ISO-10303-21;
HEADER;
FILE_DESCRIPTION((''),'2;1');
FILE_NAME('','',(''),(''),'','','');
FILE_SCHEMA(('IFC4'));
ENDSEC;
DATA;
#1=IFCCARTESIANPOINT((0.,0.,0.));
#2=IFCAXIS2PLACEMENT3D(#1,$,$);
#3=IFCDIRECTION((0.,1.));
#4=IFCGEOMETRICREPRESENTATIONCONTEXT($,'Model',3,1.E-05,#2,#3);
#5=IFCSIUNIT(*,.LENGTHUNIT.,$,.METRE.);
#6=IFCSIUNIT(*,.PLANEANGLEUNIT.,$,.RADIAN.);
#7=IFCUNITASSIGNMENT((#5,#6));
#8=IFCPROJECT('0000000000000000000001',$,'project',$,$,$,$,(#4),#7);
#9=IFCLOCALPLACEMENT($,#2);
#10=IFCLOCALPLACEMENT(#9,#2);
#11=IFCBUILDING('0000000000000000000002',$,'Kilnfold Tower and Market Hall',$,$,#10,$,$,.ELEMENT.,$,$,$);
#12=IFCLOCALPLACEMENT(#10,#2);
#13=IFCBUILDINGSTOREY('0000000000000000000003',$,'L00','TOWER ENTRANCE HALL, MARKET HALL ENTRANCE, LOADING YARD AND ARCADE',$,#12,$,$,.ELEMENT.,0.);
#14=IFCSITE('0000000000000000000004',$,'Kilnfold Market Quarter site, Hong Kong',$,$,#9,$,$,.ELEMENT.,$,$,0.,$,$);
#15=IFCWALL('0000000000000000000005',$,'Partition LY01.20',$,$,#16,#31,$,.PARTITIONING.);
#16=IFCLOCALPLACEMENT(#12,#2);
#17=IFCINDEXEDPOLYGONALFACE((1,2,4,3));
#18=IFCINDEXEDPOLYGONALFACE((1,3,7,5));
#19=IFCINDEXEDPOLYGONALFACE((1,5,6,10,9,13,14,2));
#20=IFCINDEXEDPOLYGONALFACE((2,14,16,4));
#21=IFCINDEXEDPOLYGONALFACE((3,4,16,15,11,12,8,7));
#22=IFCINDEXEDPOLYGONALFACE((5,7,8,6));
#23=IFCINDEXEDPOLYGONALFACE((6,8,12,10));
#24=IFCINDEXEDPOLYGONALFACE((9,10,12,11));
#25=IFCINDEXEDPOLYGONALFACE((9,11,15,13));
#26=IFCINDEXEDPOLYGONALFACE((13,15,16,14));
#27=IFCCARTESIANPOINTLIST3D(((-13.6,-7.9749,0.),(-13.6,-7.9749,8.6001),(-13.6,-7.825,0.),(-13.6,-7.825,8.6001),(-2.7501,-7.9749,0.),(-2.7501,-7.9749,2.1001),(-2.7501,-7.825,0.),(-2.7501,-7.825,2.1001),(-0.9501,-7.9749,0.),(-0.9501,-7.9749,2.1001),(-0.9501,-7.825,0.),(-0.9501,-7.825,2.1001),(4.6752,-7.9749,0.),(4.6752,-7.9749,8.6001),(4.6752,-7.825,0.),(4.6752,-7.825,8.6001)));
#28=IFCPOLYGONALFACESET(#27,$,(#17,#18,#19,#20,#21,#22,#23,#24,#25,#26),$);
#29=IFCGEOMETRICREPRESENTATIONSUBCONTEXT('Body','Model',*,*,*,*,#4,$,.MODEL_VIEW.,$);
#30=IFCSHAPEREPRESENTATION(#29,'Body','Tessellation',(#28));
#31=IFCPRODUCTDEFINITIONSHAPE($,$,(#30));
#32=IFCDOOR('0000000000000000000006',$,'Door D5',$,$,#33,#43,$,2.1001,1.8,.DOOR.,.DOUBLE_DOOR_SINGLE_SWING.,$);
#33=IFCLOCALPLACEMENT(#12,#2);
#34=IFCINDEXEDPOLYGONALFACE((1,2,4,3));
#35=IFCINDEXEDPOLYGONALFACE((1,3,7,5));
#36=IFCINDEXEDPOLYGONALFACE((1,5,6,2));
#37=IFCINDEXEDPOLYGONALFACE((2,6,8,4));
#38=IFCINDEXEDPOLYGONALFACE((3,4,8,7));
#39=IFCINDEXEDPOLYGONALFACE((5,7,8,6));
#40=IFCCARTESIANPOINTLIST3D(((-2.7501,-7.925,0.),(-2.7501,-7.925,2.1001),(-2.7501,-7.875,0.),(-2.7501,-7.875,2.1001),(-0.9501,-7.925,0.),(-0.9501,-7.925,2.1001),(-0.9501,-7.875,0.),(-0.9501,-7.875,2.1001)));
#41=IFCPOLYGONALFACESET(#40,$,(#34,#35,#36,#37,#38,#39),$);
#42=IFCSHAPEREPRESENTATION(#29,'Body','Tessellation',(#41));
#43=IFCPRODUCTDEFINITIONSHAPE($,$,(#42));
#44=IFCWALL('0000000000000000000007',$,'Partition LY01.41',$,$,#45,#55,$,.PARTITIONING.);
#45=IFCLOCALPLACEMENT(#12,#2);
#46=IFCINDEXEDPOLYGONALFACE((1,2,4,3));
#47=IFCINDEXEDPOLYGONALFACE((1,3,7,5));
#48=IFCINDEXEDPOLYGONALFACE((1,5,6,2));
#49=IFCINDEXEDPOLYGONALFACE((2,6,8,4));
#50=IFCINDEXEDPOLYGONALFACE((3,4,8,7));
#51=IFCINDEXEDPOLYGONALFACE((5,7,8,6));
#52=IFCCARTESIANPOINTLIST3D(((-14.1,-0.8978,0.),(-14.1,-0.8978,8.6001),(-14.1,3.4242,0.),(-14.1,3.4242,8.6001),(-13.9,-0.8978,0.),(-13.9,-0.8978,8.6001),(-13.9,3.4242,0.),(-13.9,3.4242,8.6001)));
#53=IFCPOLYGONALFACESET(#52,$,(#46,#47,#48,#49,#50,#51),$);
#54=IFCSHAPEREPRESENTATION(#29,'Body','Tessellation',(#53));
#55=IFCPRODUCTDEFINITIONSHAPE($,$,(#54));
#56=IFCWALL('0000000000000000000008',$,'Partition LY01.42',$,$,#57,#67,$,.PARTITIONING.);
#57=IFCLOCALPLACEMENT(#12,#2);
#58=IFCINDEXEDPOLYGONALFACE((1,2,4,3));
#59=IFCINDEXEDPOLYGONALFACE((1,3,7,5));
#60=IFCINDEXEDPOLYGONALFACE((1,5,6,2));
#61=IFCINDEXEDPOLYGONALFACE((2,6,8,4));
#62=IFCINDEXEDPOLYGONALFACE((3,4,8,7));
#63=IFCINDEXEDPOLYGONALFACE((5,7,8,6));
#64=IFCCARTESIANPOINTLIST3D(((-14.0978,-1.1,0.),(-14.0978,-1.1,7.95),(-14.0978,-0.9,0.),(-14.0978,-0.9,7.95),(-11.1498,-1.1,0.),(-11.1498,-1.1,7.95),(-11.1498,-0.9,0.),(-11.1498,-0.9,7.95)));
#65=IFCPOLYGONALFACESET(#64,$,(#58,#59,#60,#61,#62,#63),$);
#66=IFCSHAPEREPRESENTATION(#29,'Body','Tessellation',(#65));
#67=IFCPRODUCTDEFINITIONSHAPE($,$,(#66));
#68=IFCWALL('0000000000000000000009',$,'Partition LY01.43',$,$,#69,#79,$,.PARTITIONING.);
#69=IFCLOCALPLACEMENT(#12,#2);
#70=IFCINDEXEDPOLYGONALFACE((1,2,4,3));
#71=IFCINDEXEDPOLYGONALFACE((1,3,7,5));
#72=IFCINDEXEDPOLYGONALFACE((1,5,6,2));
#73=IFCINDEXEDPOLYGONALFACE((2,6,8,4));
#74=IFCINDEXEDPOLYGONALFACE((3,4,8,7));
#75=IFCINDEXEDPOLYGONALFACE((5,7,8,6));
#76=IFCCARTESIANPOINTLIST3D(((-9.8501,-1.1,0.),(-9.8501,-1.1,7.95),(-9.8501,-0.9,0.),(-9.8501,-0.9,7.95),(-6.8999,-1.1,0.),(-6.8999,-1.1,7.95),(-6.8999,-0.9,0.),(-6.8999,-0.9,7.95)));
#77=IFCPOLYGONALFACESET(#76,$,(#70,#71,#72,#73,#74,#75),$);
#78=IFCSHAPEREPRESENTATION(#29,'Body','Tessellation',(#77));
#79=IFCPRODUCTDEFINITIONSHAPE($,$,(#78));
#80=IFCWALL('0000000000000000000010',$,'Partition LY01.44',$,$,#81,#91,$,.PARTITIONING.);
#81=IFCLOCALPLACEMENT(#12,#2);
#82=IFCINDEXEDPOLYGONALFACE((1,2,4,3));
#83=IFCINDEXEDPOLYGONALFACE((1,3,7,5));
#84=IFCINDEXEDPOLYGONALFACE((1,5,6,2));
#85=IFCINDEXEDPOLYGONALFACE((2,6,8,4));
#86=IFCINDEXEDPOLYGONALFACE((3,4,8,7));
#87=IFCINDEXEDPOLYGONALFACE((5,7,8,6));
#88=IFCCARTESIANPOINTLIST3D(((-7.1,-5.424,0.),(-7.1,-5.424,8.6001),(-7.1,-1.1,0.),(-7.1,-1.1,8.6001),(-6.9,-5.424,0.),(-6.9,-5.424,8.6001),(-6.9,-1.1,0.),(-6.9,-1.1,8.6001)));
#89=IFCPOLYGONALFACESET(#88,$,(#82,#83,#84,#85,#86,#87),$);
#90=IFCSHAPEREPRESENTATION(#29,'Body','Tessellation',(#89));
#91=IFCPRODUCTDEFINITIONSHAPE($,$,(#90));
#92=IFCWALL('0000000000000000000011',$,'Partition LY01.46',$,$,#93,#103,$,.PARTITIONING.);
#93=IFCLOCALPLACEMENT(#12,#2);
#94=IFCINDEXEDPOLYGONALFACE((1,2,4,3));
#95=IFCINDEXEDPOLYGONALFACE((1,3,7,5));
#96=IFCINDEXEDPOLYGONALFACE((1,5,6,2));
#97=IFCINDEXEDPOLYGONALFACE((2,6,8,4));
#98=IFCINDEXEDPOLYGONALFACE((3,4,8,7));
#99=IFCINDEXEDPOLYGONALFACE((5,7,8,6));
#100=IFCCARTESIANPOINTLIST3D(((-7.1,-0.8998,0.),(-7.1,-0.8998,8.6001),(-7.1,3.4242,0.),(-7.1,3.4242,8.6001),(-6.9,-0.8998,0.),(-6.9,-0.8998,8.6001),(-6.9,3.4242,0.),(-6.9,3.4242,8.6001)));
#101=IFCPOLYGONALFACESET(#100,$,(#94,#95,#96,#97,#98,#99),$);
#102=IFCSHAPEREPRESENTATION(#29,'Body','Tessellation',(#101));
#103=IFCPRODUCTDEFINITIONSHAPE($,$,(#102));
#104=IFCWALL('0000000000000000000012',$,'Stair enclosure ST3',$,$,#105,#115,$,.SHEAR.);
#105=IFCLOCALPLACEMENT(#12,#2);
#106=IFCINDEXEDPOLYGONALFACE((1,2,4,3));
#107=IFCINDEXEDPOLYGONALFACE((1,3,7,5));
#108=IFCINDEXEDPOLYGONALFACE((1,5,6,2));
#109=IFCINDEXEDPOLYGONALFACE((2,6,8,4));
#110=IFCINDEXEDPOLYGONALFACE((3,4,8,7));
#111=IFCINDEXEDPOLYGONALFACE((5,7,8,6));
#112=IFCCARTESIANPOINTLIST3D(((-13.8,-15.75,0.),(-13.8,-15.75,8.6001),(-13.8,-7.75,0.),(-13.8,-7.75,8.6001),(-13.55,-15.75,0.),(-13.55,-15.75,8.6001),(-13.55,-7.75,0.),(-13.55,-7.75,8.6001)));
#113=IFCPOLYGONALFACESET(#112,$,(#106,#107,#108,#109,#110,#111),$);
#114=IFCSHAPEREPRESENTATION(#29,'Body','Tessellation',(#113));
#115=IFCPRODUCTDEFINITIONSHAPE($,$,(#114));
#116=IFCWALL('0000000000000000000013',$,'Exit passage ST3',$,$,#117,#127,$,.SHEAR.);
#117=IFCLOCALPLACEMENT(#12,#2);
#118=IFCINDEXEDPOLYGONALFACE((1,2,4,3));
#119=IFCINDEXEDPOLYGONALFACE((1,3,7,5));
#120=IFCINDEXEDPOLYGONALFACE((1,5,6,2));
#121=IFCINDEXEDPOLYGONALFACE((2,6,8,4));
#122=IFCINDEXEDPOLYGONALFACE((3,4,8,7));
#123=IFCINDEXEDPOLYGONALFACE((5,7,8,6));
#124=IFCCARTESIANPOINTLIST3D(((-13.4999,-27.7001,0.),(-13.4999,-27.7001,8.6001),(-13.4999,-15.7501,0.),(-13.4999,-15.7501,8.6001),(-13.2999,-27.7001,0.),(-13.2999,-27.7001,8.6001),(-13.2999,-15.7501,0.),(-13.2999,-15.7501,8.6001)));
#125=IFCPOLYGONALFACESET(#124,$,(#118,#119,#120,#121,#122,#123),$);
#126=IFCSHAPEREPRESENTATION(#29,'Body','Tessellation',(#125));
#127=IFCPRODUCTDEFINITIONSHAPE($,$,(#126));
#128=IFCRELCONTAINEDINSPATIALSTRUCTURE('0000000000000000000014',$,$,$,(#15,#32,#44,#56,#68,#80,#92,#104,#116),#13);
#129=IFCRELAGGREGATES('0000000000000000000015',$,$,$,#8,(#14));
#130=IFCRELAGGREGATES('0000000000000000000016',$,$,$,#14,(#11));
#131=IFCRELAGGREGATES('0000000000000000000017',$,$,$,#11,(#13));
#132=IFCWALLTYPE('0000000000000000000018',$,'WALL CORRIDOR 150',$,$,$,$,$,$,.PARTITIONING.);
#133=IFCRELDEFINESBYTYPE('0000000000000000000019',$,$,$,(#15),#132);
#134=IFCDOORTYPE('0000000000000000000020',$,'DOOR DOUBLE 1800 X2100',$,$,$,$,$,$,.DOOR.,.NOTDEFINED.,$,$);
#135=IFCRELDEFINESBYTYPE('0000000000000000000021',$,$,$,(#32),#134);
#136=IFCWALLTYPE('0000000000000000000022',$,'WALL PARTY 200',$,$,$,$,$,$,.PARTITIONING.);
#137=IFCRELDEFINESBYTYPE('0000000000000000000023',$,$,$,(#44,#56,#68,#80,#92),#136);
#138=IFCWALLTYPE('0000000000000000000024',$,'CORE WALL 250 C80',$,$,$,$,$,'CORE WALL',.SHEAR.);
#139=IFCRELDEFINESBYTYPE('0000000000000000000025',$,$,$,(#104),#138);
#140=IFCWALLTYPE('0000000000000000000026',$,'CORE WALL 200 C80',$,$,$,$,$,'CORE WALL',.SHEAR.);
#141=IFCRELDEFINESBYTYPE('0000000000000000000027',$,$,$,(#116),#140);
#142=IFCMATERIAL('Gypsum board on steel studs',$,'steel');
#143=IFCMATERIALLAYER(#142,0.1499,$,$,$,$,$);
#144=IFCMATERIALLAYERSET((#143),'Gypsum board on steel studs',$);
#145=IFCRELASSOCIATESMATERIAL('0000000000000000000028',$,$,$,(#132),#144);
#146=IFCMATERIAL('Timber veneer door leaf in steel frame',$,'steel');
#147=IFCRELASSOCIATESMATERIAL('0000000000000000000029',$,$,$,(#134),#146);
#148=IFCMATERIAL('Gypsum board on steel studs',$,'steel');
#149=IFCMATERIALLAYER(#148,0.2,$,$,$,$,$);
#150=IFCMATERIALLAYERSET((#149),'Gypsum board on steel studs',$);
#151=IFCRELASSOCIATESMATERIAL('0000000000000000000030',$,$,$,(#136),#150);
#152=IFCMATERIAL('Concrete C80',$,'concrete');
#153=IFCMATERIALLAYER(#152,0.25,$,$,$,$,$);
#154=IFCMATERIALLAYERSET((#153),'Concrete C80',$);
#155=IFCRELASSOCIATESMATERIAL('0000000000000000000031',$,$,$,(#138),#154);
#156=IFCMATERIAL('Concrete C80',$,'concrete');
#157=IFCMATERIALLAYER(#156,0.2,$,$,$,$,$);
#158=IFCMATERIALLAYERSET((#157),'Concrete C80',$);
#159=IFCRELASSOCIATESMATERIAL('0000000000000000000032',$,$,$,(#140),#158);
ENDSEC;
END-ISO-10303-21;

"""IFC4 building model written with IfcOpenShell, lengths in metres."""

from ifc_helpers import new_model, si_unit, direction, frame, frame_2d, origin, place, context, subcontext, project, spatial, rectangle, extrude, source, transform, mapped, material, layer, layer_set, type_object, element, fill, save


model = new_model("IFC4")

# Units and contexts
model_context = context("Model", 3, precision=1e-05, world=origin(), true_north=direction((0.0, 1.0)))
body_context = subcontext(model_context, "Body", "Model", "MODEL_VIEW")
ifc_project = project(units=[si_unit("LENGTHUNIT", "METRE"), si_unit("PLANEANGLEUNIT", "RADIAN")], contexts=[model_context])

# Site, building, storey
site_placement = place(None, origin())
site = spatial("IfcSite", under=ifc_project, at=site_placement, Name="Kilnfold Market Quarter site, Hong Kong", CompositionType="ELEMENT", RefElevation=0.0)
building_placement = place(site_placement, origin())
building = spatial("IfcBuilding", under=site, at=building_placement, Name="Kilnfold Tower and Market Hall", CompositionType="ELEMENT")
storey_placement = place(building_placement, origin())
storey = spatial("IfcBuildingStorey", under=building, at=storey_placement, Name="L00", Description="TOWER ENTRANCE HALL, MARKET HALL ENTRANCE, LOADING YARD AND ARCADE", CompositionType="ELEMENT", Elevation=0.0)

# Wall, opening, door
ifc_material_1 = material(Name="Gypsum board on steel studs", Category="steel")
ifc_layer_1 = layer(ifc_material_1, 0.1499)
ifc_layer_set_1 = layer_set([ifc_layer_1], Name="Gypsum board on steel studs")
wall_type_1 = type_object("IfcWallType", Name="WALL CORRIDOR 150", PredefinedType="PARTITIONING", material=ifc_layer_set_1)
ifc_material_2 = material(Name="Timber veneer door leaf in steel frame", Category="steel")
door_type = type_object("IfcDoorType", Name="DOOR DOUBLE 1800 X2100", OperationType="NOTDEFINED", PredefinedType="DOOR", material=ifc_material_2)
wall_1_placement = place(storey_placement, frame((-13.6001, -7.8999, 0.0), z_axis=(0.0, 0.0, 1.0), x_axis=(1.0, 0.0, 0.0)))
wall_1 = element("IfcWall", 1, at=wall_1_placement, inside=storey, type_object=wall_type_1, Name="Partition LY01.20", PredefinedType="PARTITIONING", context=body_context, shape_type="SweptSolid", body=[
    extrude(rectangle(XDim=18.2751, YDim=0.1499, at=frame_2d((9.1377, 0.0))), origin(), (0.0, 0.0, 1.0), 8.6001),
])
opening_1_placement = place(wall_1_placement, frame((10.8501, 0.0, 0.0)))
opening_1 = element("IfcOpeningElement", 2, at=opening_1_placement, cuts=wall_1, PredefinedType="OPENING", context=body_context, shape_type="SweptSolid", body=[
    extrude(rectangle(XDim=1.8, YDim=2.1001, at=frame_2d((0.8999, 1.05))), frame((0.0, 0.085, 0.0), z_axis=(0.0, -1.0, 0.0), x_axis=(1.0, 0.0, 0.0)), (0.0, 0.0, 1.0), 0.1699),
])
door_1_placement = place(opening_1_placement, origin())
door_1 = element("IfcDoor", 3, at=door_1_placement, inside=storey, type_object=door_type, Name="Door D5", OperationType="DOUBLE_DOOR_SINGLE_SWING", OverallHeight=2.1001, OverallWidth=1.8, PredefinedType="DOOR", context=body_context, shape_type="SweptSolid", body=[
    extrude(rectangle(XDim=1.8, YDim=2.1001, at=frame_2d((0.8999, 1.05))), frame((0.0, 0.0249, 0.0), z_axis=(0.0, -1.0, 0.0), x_axis=(1.0, 0.0, 0.0)), (0.0, 0.0, 1.0), 0.05),
])
fill(opening_1, door_1)

# Walls
ifc_material_3 = material(Name="Gypsum board on steel studs", Category="steel")
ifc_layer_2 = layer(ifc_material_3, 0.2)
ifc_layer_set_2 = layer_set([ifc_layer_2], Name="Gypsum board on steel studs")
wall_type_2 = type_object("IfcWallType", Name="WALL PARTY 200", PredefinedType="PARTITIONING", material=ifc_layer_set_2)
wall_2_placement = place(storey_placement, frame((-14.0, -0.8979, 0.0), z_axis=(0.0, 0.0, 1.0), x_axis=(0.0, 1.0, 0.0)))
element("IfcWall", 4, at=wall_2_placement, inside=storey, type_object=wall_type_2, Name="Partition LY01.41", PredefinedType="PARTITIONING", context=body_context, shape_type="SweptSolid", body=[
    extrude(rectangle(XDim=4.322, YDim=0.2, at=frame_2d((2.1611, 0.0))), origin(), (0.0, 0.0, 1.0), 8.6001),
])
wall_3_placement = place(storey_placement, frame((-14.0979, -1.0, 0.0), z_axis=(0.0, 0.0, 1.0), x_axis=(1.0, 0.0, 0.0)))
element("IfcWall", 5, at=wall_3_placement, inside=storey, type_object=wall_type_2, Name="Partition LY01.42", PredefinedType="PARTITIONING", context=body_context, shape_type="SweptSolid", body=[
    extrude(rectangle(XDim=2.948, YDim=0.2, at=frame_2d((1.4741, 0.0))), origin(), (0.0, 0.0, 1.0), 7.95),
])
wall_4_placement = place(storey_placement, frame((-9.8501, -1.0, 0.0), z_axis=(0.0, 0.0, 1.0), x_axis=(1.0, 0.0, 0.0)))
element("IfcWall", 6, at=wall_4_placement, inside=storey, type_object=wall_type_2, Name="Partition LY01.43", PredefinedType="PARTITIONING", context=body_context, shape_type="SweptSolid", body=[
    extrude(rectangle(XDim=2.9502, YDim=0.2, at=frame_2d((1.4751, 0.0))), origin(), (0.0, 0.0, 1.0), 7.95),
])
for number, where, z_axis, x_axis, name in (
    (7, (-7.0, -5.4241, 0.0), (0.0, 0.0, 1.0), (0.0, 1.0, 0.0), "Partition LY01.44"),
    (8, (-7.0, -0.8999, 0.0), (0.0, 0.0, 1.0), (0.0, 1.0, 0.0), "Partition LY01.46"),
):
    element("IfcWall", number, at=place(storey_placement, frame(where, z_axis=z_axis, x_axis=x_axis)), inside=storey, type_object=wall_type_2, Name=name, PredefinedType="PARTITIONING", context=body_context, shape_type="SweptSolid", body=[
        extrude(rectangle(XDim=4.324, YDim=0.2, at=frame_2d((2.1621, 0.0))), origin(), (0.0, 0.0, 1.0), 8.6001),
    ])
ifc_material_4 = material(Name="Concrete C80", Category="concrete")
ifc_layer_3 = layer(ifc_material_4, 0.25)
ifc_layer_set_3 = layer_set([ifc_layer_3], Name="Concrete C80")
wall_type_3 = type_object("IfcWallType", Name="CORE WALL 250 C80", ElementType="CORE WALL", PredefinedType="SHEAR", material=ifc_layer_set_3)
shared_shape_1 = source(origin(), body_context, "Body", "SweptSolid", [
    extrude(rectangle(XDim=8.0, YDim=0.25, at=frame_2d((4.0, 0.0))), origin(), (0.0, 0.0, 1.0), 8.6001),
])
wall_5_placement = place(storey_placement, frame((-13.675, -15.75, 0.0), z_axis=(0.0, 0.0, 1.0), x_axis=(0.0, 1.0, 0.0)))
element("IfcWall", 9, at=wall_5_placement, inside=storey, type_object=wall_type_3, Name="Stair enclosure ST3", PredefinedType="SHEAR", context=body_context, shape_type="MappedRepresentation", body=[
    mapped(shared_shape_1, transform((0.0, 0.0, 0.0))),
])
ifc_material_5 = material(Name="Concrete C80", Category="concrete")
ifc_layer_4 = layer(ifc_material_5, 0.2)
ifc_layer_set_4 = layer_set([ifc_layer_4], Name="Concrete C80")
wall_type_4 = type_object("IfcWallType", Name="CORE WALL 200 C80", ElementType="CORE WALL", PredefinedType="SHEAR", material=ifc_layer_set_4)
shared_shape_2 = source(origin(), body_context, "Body", "SweptSolid", [
    extrude(rectangle(XDim=11.95, YDim=0.2, at=frame_2d((5.9751, 0.0))), origin(), (0.0, 0.0, 1.0), 8.6001),
])
wall_6_placement = place(storey_placement, frame((-13.3999, -15.75, 0.0), z_axis=(0.0, 0.0, 1.0), x_axis=(0.0, -1.0, 0.0)))
element("IfcWall", 10, at=wall_6_placement, inside=storey, type_object=wall_type_4, Name="Exit passage ST3", PredefinedType="SHEAR", context=body_context, shape_type="MappedRepresentation", body=[
    mapped(shared_shape_2, transform((0.0, 0.0, 0.0))),
])

save(model, "model.ifc")
